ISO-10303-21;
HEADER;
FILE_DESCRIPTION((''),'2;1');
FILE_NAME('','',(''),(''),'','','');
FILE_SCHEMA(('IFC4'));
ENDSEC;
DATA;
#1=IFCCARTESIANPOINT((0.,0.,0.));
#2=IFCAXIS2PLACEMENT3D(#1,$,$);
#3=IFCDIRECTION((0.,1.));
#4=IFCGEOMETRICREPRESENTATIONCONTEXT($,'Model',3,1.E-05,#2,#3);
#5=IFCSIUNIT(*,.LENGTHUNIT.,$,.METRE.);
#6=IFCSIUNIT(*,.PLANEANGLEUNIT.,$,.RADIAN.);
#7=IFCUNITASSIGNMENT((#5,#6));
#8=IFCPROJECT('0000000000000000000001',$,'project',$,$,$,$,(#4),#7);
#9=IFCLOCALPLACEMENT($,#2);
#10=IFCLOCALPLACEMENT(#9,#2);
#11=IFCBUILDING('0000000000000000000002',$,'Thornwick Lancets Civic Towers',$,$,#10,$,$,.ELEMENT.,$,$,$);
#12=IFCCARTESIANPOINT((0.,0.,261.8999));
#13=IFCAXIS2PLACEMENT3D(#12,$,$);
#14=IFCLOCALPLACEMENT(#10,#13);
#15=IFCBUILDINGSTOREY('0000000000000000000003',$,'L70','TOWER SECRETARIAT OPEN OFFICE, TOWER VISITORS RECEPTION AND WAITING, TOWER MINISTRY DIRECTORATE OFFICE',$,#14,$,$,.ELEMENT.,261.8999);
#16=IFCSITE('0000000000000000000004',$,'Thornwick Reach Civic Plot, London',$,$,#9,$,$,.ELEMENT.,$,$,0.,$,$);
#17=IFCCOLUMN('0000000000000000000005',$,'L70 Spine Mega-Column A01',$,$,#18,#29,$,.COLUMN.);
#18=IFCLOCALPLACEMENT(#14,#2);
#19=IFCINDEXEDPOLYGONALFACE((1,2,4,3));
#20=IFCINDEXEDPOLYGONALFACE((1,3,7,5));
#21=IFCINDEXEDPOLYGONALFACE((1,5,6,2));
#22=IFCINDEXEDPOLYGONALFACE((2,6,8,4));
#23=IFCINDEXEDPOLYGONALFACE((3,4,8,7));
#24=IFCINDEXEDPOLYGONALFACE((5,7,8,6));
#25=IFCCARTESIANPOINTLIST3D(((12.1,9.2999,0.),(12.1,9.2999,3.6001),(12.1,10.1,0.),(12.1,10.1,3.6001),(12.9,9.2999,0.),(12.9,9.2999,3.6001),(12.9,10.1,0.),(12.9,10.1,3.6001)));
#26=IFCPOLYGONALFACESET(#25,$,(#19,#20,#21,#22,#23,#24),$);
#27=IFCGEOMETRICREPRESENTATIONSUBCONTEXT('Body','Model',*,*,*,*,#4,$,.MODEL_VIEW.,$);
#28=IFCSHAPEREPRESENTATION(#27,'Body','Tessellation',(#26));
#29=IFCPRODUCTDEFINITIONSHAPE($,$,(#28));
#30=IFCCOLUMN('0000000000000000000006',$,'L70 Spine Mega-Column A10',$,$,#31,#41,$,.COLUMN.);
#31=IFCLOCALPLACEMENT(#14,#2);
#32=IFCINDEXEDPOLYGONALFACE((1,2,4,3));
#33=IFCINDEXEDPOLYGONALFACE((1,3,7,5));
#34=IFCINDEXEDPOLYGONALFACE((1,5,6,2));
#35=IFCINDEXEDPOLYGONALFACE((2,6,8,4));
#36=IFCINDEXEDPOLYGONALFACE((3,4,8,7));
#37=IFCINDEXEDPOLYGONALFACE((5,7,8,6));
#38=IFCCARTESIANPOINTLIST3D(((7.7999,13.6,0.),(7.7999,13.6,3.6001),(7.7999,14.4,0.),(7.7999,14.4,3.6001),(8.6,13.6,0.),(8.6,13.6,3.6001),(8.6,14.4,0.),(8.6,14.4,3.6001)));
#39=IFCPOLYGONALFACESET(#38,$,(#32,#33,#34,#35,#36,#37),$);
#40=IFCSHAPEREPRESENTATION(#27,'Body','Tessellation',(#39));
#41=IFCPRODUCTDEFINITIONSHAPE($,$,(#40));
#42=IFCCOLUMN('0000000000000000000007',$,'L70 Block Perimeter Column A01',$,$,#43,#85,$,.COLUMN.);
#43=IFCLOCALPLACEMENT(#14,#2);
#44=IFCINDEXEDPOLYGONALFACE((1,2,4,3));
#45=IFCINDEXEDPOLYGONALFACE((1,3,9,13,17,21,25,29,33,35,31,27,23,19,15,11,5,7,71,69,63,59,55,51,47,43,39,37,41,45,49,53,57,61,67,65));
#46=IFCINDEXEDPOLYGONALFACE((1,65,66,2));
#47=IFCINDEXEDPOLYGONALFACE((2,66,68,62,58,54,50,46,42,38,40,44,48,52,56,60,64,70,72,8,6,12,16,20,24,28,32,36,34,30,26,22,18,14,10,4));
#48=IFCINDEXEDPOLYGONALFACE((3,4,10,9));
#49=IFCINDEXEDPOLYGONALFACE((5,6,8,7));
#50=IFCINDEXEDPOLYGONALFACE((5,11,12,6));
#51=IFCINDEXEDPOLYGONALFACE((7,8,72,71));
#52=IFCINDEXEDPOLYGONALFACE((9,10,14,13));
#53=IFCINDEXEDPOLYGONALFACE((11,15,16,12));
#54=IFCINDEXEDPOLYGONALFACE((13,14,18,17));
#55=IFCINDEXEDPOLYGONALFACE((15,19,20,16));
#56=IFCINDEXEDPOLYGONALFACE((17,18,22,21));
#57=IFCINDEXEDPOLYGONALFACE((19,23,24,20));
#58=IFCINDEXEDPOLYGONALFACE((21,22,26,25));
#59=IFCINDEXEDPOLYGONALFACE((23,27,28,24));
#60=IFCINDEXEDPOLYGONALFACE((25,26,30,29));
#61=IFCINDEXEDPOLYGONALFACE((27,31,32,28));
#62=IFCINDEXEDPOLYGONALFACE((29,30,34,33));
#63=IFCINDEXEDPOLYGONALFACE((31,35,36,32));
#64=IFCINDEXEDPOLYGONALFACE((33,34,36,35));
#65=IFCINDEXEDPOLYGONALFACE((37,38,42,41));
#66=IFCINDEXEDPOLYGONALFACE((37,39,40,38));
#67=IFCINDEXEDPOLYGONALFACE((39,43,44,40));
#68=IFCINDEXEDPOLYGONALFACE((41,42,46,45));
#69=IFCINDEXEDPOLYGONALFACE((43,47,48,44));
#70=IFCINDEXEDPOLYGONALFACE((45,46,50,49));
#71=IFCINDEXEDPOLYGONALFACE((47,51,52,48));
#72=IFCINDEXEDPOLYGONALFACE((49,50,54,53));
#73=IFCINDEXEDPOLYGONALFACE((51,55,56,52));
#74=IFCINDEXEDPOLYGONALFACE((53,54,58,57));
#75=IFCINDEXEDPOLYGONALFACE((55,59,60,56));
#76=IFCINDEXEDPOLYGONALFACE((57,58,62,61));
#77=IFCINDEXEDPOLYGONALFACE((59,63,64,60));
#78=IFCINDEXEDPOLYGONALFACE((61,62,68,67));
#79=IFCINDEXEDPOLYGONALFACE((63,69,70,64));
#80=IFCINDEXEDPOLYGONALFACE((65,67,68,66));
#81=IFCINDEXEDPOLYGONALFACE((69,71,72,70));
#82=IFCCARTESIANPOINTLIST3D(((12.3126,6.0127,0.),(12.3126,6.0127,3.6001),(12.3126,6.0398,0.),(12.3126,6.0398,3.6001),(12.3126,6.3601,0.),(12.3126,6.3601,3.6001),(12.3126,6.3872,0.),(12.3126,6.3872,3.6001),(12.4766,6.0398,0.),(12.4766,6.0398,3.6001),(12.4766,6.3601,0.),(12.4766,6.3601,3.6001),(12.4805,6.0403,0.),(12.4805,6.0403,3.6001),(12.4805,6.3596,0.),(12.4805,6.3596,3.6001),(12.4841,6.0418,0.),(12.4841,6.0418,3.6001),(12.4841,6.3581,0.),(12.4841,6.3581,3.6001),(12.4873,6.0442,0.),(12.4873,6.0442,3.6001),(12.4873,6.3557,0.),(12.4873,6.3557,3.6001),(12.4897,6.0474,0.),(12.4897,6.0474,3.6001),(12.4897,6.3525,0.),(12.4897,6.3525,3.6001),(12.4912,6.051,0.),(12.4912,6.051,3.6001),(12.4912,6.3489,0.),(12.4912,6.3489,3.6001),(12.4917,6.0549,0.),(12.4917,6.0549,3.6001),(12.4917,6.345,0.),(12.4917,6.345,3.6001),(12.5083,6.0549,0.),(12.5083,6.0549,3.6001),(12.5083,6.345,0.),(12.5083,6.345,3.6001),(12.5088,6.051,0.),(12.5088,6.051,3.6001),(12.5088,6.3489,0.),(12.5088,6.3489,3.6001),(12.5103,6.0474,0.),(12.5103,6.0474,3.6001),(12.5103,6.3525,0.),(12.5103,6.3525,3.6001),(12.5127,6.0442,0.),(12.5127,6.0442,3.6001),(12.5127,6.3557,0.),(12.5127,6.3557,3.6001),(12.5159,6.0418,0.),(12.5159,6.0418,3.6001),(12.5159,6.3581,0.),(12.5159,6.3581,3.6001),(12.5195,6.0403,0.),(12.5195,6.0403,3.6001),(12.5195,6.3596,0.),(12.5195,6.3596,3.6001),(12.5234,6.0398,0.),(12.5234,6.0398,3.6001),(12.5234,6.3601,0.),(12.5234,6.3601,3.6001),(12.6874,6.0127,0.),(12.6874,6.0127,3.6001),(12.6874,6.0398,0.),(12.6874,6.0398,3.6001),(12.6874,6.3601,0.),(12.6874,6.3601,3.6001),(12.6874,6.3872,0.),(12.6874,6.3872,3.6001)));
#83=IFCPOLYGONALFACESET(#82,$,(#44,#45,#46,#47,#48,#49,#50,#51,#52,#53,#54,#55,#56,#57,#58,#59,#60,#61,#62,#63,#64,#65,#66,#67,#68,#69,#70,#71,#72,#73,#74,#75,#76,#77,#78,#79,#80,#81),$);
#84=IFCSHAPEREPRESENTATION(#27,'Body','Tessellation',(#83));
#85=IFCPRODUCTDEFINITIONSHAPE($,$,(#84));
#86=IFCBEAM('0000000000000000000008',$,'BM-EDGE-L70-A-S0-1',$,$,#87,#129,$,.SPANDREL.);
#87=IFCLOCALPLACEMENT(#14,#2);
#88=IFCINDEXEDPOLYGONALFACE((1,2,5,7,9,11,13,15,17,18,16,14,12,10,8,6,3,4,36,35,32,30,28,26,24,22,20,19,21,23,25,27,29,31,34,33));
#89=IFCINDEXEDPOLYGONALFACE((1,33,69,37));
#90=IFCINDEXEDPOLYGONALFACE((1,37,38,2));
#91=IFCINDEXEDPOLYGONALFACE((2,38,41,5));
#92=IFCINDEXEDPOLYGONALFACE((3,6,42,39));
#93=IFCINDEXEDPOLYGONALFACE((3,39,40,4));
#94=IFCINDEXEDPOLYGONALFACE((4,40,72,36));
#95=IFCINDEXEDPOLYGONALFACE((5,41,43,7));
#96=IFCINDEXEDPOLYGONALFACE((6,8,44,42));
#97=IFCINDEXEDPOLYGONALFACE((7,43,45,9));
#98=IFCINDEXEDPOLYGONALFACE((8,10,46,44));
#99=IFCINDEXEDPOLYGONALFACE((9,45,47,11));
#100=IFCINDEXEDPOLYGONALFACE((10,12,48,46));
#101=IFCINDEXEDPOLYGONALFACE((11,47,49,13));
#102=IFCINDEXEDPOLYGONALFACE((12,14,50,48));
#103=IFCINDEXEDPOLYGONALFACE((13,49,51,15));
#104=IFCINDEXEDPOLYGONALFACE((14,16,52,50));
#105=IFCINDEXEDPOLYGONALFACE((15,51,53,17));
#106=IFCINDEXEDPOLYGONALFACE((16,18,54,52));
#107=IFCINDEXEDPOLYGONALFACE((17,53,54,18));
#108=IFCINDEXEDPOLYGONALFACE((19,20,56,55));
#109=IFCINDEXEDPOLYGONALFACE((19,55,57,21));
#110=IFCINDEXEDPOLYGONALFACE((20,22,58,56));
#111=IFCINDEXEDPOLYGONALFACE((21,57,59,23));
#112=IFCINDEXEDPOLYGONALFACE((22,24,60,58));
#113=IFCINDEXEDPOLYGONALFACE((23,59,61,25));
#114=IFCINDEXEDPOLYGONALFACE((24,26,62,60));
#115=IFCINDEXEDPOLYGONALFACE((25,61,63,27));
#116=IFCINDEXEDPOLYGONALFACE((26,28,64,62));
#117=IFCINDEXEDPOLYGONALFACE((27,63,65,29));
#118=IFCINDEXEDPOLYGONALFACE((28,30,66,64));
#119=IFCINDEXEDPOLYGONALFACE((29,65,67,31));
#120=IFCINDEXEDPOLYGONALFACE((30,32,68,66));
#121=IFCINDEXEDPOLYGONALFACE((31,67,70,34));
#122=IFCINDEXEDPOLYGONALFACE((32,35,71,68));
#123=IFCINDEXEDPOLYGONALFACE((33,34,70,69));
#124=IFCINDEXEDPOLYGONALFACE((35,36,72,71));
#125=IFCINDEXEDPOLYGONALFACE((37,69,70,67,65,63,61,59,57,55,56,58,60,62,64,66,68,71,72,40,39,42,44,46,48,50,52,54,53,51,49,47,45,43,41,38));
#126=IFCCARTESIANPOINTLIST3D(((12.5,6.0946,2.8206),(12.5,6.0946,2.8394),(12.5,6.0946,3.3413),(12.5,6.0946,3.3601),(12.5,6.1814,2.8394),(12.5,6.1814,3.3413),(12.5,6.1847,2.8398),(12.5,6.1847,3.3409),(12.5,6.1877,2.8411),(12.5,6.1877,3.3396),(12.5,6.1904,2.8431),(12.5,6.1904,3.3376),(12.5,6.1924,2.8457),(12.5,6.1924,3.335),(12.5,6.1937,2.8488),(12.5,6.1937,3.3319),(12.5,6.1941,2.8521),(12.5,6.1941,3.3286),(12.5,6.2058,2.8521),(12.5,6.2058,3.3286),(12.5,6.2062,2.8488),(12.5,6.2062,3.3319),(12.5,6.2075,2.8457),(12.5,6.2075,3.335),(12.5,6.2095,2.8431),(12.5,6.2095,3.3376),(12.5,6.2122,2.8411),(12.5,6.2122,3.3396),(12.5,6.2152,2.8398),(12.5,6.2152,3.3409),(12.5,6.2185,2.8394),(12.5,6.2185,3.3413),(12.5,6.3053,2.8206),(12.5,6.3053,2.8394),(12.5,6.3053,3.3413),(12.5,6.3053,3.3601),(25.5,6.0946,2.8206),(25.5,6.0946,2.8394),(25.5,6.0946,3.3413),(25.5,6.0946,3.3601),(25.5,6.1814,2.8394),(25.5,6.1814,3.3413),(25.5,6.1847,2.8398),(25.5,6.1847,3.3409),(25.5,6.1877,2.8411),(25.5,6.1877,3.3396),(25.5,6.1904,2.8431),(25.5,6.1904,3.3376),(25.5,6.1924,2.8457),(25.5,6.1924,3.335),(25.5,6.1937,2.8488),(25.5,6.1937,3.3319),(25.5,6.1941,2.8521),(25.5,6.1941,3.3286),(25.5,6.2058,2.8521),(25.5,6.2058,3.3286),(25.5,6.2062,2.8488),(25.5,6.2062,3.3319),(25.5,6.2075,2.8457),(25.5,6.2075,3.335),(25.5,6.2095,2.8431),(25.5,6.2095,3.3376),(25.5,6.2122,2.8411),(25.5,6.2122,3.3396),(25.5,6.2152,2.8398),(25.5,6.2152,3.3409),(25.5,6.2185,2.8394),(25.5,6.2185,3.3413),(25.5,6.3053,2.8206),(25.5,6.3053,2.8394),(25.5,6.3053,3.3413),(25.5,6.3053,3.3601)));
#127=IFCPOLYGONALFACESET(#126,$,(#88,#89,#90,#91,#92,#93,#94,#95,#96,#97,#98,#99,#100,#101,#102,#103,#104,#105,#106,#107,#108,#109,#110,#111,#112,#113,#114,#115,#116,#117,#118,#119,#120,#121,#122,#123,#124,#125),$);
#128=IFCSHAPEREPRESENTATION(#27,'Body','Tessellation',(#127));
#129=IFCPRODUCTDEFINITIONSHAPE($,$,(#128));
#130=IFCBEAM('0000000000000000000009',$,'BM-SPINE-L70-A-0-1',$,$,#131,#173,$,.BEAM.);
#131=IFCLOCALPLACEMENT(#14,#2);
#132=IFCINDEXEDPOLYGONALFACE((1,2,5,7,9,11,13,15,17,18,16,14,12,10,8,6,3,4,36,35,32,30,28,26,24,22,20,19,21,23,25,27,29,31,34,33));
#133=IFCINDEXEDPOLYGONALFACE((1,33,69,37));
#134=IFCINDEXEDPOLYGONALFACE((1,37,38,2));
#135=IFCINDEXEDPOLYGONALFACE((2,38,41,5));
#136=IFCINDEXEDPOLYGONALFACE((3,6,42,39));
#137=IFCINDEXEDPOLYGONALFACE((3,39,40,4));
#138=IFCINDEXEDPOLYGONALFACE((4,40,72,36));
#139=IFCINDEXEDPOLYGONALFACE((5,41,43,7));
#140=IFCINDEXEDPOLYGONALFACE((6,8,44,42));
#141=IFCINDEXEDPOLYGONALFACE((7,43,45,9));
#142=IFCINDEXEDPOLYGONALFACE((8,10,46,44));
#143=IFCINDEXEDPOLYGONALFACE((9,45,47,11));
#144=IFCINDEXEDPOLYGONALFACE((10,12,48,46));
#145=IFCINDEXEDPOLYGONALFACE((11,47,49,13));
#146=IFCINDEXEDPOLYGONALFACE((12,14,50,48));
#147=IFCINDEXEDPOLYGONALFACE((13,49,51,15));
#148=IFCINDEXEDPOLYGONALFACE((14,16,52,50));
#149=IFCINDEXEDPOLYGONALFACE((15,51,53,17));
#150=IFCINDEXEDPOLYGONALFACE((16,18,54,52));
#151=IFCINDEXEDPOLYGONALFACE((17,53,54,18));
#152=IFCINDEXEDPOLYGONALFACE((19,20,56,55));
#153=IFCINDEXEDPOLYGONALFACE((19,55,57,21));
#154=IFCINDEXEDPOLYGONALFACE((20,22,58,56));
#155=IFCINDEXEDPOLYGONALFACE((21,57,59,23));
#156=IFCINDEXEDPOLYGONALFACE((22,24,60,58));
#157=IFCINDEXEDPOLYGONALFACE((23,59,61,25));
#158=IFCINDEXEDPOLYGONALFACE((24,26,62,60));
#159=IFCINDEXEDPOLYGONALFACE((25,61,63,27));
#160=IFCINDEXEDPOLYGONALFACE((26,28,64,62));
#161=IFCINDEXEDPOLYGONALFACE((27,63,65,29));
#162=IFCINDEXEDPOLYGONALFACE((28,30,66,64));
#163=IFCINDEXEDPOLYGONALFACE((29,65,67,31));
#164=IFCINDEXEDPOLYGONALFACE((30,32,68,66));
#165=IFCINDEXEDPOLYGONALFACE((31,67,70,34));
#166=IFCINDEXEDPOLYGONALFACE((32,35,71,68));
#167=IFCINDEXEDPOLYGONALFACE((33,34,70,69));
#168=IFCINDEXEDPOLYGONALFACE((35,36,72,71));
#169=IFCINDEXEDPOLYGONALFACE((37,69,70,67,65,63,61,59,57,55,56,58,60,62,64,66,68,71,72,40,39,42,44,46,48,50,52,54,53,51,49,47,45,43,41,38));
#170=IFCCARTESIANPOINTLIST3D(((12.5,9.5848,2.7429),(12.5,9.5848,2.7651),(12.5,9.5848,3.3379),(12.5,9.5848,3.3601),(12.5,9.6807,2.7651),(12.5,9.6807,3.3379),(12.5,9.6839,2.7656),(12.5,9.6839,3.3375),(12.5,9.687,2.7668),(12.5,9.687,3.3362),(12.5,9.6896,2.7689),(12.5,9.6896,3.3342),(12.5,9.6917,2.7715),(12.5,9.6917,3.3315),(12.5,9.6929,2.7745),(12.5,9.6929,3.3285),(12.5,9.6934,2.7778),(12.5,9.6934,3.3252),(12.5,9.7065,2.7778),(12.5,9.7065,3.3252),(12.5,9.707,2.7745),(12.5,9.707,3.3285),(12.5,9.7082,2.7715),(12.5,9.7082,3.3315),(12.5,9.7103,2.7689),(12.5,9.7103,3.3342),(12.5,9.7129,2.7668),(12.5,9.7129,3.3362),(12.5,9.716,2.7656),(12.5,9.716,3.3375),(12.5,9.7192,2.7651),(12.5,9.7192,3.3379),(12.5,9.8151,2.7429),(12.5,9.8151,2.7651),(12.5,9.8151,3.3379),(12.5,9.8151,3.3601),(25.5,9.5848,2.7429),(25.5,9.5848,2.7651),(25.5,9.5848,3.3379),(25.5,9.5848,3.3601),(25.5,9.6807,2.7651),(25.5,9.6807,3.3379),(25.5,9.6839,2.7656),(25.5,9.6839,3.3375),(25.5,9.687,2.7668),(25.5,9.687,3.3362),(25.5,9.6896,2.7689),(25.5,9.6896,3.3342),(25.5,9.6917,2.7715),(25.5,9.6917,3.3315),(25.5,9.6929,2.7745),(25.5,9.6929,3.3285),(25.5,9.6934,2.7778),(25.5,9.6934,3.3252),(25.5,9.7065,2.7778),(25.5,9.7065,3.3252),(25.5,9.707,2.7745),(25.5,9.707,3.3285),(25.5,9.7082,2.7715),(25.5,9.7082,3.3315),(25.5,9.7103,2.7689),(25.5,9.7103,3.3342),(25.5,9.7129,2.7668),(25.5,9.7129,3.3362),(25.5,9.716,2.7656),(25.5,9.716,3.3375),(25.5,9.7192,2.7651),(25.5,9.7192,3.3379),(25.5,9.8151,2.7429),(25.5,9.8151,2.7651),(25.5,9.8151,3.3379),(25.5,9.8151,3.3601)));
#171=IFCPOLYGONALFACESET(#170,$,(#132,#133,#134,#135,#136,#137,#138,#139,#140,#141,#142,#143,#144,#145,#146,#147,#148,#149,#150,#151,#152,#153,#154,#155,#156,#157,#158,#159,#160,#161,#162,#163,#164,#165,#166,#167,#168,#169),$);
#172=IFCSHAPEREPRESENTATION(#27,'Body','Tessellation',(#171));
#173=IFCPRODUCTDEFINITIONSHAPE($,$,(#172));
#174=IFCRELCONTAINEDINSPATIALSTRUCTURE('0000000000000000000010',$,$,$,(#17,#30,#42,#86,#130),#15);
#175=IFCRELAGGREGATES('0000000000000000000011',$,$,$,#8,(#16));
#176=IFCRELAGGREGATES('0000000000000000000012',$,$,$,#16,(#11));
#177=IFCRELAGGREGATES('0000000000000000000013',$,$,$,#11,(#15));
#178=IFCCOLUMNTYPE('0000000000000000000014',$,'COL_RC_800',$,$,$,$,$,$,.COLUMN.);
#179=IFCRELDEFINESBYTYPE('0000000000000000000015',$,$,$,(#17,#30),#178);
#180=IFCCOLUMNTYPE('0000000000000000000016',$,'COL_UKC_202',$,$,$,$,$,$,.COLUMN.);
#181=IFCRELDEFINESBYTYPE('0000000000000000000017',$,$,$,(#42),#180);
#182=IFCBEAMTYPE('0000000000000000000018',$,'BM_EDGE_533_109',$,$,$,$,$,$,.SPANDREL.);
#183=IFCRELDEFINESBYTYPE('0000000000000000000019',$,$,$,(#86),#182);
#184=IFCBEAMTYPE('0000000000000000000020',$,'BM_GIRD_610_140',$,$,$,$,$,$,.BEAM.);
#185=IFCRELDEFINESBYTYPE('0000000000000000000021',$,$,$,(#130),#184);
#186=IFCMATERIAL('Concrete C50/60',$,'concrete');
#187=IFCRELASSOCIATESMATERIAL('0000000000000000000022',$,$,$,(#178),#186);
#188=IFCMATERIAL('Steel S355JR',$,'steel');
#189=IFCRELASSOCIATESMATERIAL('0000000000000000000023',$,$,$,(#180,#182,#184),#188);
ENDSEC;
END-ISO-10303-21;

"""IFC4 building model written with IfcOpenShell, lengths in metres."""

from ifc_helpers import new_model, si_unit, direction, frame, origin, origin_2d, place, context, subcontext, project, spatial, rectangle, i_section, extrude, material, material_profile, profile_set, type_object, element, save


model = new_model("IFC4")

# Units and contexts
model_context = context("Model", 3, precision=1e-05, world=origin(), true_north=direction((0.0, 1.0)))
body_context = subcontext(model_context, "Body", "Model", "MODEL_VIEW")
ifc_project = project(units=[si_unit("LENGTHUNIT", "METRE"), si_unit("PLANEANGLEUNIT", "RADIAN")], contexts=[model_context])

# Site, building, storey
site_placement = place(None, origin())
site = spatial("IfcSite", under=ifc_project, at=site_placement, Name="Thornwick Reach Civic Plot, London", CompositionType="ELEMENT", RefElevation=0.0)
building_placement = place(site_placement, origin())
building = spatial("IfcBuilding", under=site, at=building_placement, Name="Thornwick Lancets Civic Towers", CompositionType="ELEMENT")
storey_placement = place(building_placement, frame((0.0, 0.0, 261.8999)))
storey = spatial("IfcBuildingStorey", under=building, at=storey_placement, Name="L70", Description="TOWER SECRETARIAT OPEN OFFICE, TOWER VISITORS RECEPTION AND WAITING, TOWER MINISTRY DIRECTORATE OFFICE", CompositionType="ELEMENT", Elevation=261.8999)

# Columns
ifc_material_1 = material(Name="Concrete C50/60", Category="concrete")
ifc_material_profile_1 = material_profile(ifc_material_1, rectangle(XDim=0.8, YDim=0.8, at=origin_2d()), Name="RC 800x800")
ifc_profile_set_1 = profile_set([ifc_material_profile_1], Name="Concrete C50/60")
column_type_1 = type_object("IfcColumnType", Name="COL_RC_800", PredefinedType="COLUMN", material=ifc_profile_set_1)
for number, where, z_axis, x_axis, name in (
    (1, (12.5, 9.7, 0.0), (0.0, 0.0, 1.0), (1.0, 0.0, 0.0), "L70 Spine Mega-Column A01"),
    (2, (8.2, 14.0, 0.0), (0.0, 0.0, 1.0), (1.0, 0.0, 0.0), "L70 Spine Mega-Column A10"),
):
    element("IfcColumn", number, at=place(storey_placement, frame(where, z_axis=z_axis, x_axis=x_axis)), inside=storey, type_object=column_type_1, Name=name, PredefinedType="COLUMN", context=body_context, shape_type="SweptSolid", body=[
        extrude(rectangle(XDim=0.8, YDim=0.8, at=origin_2d()), origin(), (0.0, 0.0, 1.0), 3.6001),
    ])
ifc_material_2 = material(Name="Steel S355JR", Category="steel")
ifc_material_profile_2 = material_profile(ifc_material_2, i_section(OverallWidth=0.3748, OverallDepth=0.3745, WebThickness=0.0166, FlangeThickness=0.0271, FilletRadius=0.0151, at=origin_2d()), Name="UKC 356x368x202")
ifc_profile_set_2 = profile_set([ifc_material_profile_2], Name="Steel S355JR")
column_type_2 = type_object("IfcColumnType", Name="COL_UKC_202", PredefinedType="COLUMN", material=ifc_profile_set_2)
column_placement = place(storey_placement, frame((12.5, 6.2, 0.0), z_axis=(0.0, 0.0, 1.0), x_axis=(1.0, 0.0, 0.0)))
element("IfcColumn", 3, at=column_placement, inside=storey, type_object=column_type_2, Name="L70 Block Perimeter Column A01", PredefinedType="COLUMN", context=body_context, shape_type="SweptSolid", body=[
    extrude(i_section(OverallWidth=0.3748, OverallDepth=0.3745, WebThickness=0.0166, FlangeThickness=0.0271, FilletRadius=0.0151, at=origin_2d()), origin(), (0.0, 0.0, 1.0), 3.6001),
])

# Beams
ifc_material_profile_3 = material_profile(ifc_material_2, i_section(OverallWidth=0.2107, OverallDepth=0.5396, WebThickness=0.0117, FlangeThickness=0.0188, FilletRadius=0.0127, at=origin_2d()), Name="UKB 533x210x109")
ifc_profile_set_3 = profile_set([ifc_material_profile_3], Name="Steel S355JR")
beam_type_1 = type_object("IfcBeamType", Name="BM_EDGE_533_109", PredefinedType="SPANDREL", material=ifc_profile_set_3)
beam_1_placement = place(storey_placement, frame((12.5, 6.2, 3.0903), z_axis=(1.0, 0.0, 0.0), x_axis=(0.0, 1.0, 0.0)))
element("IfcBeam", 4, at=beam_1_placement, inside=storey, type_object=beam_type_1, Name="BM-EDGE-L70-A-S0-1", PredefinedType="SPANDREL", context=body_context, shape_type="SweptSolid", body=[
    extrude(i_section(OverallWidth=0.2107, OverallDepth=0.5396, WebThickness=0.0117, FlangeThickness=0.0188, FilletRadius=0.0127, at=origin_2d()), origin(), (0.0, 0.0, 1.0), 13.0),
])
ifc_material_profile_4 = material_profile(ifc_material_2, i_section(OverallWidth=0.2302, OverallDepth=0.6172, WebThickness=0.0132, FlangeThickness=0.0222, FilletRadius=0.0127, at=origin_2d()), Name="UKB 610x229x140")
ifc_profile_set_4 = profile_set([ifc_material_profile_4], Name="Steel S355JR")
beam_type_2 = type_object("IfcBeamType", Name="BM_GIRD_610_140", PredefinedType="BEAM", material=ifc_profile_set_4)
for number, where, z_axis, x_axis, name in (
    (5, (12.5, 9.7, 3.0515), (1.0, 0.0, 0.0), (0.0, 1.0, 0.0), "BM-SPINE-L70-A-0-1"),
):
    element("IfcBeam", number, at=place(storey_placement, frame(where, z_axis=z_axis, x_axis=x_axis)), inside=storey, type_object=beam_type_2, Name=name, PredefinedType="BEAM", context=body_context, shape_type="SweptSolid", body=[
        extrude(i_section(OverallWidth=0.2302, OverallDepth=0.6172, WebThickness=0.0132, FlangeThickness=0.0222, FilletRadius=0.0127, at=origin_2d()), origin(), (0.0, 0.0, 1.0), 13.0),
    ])

save(model, "model.ifc")
